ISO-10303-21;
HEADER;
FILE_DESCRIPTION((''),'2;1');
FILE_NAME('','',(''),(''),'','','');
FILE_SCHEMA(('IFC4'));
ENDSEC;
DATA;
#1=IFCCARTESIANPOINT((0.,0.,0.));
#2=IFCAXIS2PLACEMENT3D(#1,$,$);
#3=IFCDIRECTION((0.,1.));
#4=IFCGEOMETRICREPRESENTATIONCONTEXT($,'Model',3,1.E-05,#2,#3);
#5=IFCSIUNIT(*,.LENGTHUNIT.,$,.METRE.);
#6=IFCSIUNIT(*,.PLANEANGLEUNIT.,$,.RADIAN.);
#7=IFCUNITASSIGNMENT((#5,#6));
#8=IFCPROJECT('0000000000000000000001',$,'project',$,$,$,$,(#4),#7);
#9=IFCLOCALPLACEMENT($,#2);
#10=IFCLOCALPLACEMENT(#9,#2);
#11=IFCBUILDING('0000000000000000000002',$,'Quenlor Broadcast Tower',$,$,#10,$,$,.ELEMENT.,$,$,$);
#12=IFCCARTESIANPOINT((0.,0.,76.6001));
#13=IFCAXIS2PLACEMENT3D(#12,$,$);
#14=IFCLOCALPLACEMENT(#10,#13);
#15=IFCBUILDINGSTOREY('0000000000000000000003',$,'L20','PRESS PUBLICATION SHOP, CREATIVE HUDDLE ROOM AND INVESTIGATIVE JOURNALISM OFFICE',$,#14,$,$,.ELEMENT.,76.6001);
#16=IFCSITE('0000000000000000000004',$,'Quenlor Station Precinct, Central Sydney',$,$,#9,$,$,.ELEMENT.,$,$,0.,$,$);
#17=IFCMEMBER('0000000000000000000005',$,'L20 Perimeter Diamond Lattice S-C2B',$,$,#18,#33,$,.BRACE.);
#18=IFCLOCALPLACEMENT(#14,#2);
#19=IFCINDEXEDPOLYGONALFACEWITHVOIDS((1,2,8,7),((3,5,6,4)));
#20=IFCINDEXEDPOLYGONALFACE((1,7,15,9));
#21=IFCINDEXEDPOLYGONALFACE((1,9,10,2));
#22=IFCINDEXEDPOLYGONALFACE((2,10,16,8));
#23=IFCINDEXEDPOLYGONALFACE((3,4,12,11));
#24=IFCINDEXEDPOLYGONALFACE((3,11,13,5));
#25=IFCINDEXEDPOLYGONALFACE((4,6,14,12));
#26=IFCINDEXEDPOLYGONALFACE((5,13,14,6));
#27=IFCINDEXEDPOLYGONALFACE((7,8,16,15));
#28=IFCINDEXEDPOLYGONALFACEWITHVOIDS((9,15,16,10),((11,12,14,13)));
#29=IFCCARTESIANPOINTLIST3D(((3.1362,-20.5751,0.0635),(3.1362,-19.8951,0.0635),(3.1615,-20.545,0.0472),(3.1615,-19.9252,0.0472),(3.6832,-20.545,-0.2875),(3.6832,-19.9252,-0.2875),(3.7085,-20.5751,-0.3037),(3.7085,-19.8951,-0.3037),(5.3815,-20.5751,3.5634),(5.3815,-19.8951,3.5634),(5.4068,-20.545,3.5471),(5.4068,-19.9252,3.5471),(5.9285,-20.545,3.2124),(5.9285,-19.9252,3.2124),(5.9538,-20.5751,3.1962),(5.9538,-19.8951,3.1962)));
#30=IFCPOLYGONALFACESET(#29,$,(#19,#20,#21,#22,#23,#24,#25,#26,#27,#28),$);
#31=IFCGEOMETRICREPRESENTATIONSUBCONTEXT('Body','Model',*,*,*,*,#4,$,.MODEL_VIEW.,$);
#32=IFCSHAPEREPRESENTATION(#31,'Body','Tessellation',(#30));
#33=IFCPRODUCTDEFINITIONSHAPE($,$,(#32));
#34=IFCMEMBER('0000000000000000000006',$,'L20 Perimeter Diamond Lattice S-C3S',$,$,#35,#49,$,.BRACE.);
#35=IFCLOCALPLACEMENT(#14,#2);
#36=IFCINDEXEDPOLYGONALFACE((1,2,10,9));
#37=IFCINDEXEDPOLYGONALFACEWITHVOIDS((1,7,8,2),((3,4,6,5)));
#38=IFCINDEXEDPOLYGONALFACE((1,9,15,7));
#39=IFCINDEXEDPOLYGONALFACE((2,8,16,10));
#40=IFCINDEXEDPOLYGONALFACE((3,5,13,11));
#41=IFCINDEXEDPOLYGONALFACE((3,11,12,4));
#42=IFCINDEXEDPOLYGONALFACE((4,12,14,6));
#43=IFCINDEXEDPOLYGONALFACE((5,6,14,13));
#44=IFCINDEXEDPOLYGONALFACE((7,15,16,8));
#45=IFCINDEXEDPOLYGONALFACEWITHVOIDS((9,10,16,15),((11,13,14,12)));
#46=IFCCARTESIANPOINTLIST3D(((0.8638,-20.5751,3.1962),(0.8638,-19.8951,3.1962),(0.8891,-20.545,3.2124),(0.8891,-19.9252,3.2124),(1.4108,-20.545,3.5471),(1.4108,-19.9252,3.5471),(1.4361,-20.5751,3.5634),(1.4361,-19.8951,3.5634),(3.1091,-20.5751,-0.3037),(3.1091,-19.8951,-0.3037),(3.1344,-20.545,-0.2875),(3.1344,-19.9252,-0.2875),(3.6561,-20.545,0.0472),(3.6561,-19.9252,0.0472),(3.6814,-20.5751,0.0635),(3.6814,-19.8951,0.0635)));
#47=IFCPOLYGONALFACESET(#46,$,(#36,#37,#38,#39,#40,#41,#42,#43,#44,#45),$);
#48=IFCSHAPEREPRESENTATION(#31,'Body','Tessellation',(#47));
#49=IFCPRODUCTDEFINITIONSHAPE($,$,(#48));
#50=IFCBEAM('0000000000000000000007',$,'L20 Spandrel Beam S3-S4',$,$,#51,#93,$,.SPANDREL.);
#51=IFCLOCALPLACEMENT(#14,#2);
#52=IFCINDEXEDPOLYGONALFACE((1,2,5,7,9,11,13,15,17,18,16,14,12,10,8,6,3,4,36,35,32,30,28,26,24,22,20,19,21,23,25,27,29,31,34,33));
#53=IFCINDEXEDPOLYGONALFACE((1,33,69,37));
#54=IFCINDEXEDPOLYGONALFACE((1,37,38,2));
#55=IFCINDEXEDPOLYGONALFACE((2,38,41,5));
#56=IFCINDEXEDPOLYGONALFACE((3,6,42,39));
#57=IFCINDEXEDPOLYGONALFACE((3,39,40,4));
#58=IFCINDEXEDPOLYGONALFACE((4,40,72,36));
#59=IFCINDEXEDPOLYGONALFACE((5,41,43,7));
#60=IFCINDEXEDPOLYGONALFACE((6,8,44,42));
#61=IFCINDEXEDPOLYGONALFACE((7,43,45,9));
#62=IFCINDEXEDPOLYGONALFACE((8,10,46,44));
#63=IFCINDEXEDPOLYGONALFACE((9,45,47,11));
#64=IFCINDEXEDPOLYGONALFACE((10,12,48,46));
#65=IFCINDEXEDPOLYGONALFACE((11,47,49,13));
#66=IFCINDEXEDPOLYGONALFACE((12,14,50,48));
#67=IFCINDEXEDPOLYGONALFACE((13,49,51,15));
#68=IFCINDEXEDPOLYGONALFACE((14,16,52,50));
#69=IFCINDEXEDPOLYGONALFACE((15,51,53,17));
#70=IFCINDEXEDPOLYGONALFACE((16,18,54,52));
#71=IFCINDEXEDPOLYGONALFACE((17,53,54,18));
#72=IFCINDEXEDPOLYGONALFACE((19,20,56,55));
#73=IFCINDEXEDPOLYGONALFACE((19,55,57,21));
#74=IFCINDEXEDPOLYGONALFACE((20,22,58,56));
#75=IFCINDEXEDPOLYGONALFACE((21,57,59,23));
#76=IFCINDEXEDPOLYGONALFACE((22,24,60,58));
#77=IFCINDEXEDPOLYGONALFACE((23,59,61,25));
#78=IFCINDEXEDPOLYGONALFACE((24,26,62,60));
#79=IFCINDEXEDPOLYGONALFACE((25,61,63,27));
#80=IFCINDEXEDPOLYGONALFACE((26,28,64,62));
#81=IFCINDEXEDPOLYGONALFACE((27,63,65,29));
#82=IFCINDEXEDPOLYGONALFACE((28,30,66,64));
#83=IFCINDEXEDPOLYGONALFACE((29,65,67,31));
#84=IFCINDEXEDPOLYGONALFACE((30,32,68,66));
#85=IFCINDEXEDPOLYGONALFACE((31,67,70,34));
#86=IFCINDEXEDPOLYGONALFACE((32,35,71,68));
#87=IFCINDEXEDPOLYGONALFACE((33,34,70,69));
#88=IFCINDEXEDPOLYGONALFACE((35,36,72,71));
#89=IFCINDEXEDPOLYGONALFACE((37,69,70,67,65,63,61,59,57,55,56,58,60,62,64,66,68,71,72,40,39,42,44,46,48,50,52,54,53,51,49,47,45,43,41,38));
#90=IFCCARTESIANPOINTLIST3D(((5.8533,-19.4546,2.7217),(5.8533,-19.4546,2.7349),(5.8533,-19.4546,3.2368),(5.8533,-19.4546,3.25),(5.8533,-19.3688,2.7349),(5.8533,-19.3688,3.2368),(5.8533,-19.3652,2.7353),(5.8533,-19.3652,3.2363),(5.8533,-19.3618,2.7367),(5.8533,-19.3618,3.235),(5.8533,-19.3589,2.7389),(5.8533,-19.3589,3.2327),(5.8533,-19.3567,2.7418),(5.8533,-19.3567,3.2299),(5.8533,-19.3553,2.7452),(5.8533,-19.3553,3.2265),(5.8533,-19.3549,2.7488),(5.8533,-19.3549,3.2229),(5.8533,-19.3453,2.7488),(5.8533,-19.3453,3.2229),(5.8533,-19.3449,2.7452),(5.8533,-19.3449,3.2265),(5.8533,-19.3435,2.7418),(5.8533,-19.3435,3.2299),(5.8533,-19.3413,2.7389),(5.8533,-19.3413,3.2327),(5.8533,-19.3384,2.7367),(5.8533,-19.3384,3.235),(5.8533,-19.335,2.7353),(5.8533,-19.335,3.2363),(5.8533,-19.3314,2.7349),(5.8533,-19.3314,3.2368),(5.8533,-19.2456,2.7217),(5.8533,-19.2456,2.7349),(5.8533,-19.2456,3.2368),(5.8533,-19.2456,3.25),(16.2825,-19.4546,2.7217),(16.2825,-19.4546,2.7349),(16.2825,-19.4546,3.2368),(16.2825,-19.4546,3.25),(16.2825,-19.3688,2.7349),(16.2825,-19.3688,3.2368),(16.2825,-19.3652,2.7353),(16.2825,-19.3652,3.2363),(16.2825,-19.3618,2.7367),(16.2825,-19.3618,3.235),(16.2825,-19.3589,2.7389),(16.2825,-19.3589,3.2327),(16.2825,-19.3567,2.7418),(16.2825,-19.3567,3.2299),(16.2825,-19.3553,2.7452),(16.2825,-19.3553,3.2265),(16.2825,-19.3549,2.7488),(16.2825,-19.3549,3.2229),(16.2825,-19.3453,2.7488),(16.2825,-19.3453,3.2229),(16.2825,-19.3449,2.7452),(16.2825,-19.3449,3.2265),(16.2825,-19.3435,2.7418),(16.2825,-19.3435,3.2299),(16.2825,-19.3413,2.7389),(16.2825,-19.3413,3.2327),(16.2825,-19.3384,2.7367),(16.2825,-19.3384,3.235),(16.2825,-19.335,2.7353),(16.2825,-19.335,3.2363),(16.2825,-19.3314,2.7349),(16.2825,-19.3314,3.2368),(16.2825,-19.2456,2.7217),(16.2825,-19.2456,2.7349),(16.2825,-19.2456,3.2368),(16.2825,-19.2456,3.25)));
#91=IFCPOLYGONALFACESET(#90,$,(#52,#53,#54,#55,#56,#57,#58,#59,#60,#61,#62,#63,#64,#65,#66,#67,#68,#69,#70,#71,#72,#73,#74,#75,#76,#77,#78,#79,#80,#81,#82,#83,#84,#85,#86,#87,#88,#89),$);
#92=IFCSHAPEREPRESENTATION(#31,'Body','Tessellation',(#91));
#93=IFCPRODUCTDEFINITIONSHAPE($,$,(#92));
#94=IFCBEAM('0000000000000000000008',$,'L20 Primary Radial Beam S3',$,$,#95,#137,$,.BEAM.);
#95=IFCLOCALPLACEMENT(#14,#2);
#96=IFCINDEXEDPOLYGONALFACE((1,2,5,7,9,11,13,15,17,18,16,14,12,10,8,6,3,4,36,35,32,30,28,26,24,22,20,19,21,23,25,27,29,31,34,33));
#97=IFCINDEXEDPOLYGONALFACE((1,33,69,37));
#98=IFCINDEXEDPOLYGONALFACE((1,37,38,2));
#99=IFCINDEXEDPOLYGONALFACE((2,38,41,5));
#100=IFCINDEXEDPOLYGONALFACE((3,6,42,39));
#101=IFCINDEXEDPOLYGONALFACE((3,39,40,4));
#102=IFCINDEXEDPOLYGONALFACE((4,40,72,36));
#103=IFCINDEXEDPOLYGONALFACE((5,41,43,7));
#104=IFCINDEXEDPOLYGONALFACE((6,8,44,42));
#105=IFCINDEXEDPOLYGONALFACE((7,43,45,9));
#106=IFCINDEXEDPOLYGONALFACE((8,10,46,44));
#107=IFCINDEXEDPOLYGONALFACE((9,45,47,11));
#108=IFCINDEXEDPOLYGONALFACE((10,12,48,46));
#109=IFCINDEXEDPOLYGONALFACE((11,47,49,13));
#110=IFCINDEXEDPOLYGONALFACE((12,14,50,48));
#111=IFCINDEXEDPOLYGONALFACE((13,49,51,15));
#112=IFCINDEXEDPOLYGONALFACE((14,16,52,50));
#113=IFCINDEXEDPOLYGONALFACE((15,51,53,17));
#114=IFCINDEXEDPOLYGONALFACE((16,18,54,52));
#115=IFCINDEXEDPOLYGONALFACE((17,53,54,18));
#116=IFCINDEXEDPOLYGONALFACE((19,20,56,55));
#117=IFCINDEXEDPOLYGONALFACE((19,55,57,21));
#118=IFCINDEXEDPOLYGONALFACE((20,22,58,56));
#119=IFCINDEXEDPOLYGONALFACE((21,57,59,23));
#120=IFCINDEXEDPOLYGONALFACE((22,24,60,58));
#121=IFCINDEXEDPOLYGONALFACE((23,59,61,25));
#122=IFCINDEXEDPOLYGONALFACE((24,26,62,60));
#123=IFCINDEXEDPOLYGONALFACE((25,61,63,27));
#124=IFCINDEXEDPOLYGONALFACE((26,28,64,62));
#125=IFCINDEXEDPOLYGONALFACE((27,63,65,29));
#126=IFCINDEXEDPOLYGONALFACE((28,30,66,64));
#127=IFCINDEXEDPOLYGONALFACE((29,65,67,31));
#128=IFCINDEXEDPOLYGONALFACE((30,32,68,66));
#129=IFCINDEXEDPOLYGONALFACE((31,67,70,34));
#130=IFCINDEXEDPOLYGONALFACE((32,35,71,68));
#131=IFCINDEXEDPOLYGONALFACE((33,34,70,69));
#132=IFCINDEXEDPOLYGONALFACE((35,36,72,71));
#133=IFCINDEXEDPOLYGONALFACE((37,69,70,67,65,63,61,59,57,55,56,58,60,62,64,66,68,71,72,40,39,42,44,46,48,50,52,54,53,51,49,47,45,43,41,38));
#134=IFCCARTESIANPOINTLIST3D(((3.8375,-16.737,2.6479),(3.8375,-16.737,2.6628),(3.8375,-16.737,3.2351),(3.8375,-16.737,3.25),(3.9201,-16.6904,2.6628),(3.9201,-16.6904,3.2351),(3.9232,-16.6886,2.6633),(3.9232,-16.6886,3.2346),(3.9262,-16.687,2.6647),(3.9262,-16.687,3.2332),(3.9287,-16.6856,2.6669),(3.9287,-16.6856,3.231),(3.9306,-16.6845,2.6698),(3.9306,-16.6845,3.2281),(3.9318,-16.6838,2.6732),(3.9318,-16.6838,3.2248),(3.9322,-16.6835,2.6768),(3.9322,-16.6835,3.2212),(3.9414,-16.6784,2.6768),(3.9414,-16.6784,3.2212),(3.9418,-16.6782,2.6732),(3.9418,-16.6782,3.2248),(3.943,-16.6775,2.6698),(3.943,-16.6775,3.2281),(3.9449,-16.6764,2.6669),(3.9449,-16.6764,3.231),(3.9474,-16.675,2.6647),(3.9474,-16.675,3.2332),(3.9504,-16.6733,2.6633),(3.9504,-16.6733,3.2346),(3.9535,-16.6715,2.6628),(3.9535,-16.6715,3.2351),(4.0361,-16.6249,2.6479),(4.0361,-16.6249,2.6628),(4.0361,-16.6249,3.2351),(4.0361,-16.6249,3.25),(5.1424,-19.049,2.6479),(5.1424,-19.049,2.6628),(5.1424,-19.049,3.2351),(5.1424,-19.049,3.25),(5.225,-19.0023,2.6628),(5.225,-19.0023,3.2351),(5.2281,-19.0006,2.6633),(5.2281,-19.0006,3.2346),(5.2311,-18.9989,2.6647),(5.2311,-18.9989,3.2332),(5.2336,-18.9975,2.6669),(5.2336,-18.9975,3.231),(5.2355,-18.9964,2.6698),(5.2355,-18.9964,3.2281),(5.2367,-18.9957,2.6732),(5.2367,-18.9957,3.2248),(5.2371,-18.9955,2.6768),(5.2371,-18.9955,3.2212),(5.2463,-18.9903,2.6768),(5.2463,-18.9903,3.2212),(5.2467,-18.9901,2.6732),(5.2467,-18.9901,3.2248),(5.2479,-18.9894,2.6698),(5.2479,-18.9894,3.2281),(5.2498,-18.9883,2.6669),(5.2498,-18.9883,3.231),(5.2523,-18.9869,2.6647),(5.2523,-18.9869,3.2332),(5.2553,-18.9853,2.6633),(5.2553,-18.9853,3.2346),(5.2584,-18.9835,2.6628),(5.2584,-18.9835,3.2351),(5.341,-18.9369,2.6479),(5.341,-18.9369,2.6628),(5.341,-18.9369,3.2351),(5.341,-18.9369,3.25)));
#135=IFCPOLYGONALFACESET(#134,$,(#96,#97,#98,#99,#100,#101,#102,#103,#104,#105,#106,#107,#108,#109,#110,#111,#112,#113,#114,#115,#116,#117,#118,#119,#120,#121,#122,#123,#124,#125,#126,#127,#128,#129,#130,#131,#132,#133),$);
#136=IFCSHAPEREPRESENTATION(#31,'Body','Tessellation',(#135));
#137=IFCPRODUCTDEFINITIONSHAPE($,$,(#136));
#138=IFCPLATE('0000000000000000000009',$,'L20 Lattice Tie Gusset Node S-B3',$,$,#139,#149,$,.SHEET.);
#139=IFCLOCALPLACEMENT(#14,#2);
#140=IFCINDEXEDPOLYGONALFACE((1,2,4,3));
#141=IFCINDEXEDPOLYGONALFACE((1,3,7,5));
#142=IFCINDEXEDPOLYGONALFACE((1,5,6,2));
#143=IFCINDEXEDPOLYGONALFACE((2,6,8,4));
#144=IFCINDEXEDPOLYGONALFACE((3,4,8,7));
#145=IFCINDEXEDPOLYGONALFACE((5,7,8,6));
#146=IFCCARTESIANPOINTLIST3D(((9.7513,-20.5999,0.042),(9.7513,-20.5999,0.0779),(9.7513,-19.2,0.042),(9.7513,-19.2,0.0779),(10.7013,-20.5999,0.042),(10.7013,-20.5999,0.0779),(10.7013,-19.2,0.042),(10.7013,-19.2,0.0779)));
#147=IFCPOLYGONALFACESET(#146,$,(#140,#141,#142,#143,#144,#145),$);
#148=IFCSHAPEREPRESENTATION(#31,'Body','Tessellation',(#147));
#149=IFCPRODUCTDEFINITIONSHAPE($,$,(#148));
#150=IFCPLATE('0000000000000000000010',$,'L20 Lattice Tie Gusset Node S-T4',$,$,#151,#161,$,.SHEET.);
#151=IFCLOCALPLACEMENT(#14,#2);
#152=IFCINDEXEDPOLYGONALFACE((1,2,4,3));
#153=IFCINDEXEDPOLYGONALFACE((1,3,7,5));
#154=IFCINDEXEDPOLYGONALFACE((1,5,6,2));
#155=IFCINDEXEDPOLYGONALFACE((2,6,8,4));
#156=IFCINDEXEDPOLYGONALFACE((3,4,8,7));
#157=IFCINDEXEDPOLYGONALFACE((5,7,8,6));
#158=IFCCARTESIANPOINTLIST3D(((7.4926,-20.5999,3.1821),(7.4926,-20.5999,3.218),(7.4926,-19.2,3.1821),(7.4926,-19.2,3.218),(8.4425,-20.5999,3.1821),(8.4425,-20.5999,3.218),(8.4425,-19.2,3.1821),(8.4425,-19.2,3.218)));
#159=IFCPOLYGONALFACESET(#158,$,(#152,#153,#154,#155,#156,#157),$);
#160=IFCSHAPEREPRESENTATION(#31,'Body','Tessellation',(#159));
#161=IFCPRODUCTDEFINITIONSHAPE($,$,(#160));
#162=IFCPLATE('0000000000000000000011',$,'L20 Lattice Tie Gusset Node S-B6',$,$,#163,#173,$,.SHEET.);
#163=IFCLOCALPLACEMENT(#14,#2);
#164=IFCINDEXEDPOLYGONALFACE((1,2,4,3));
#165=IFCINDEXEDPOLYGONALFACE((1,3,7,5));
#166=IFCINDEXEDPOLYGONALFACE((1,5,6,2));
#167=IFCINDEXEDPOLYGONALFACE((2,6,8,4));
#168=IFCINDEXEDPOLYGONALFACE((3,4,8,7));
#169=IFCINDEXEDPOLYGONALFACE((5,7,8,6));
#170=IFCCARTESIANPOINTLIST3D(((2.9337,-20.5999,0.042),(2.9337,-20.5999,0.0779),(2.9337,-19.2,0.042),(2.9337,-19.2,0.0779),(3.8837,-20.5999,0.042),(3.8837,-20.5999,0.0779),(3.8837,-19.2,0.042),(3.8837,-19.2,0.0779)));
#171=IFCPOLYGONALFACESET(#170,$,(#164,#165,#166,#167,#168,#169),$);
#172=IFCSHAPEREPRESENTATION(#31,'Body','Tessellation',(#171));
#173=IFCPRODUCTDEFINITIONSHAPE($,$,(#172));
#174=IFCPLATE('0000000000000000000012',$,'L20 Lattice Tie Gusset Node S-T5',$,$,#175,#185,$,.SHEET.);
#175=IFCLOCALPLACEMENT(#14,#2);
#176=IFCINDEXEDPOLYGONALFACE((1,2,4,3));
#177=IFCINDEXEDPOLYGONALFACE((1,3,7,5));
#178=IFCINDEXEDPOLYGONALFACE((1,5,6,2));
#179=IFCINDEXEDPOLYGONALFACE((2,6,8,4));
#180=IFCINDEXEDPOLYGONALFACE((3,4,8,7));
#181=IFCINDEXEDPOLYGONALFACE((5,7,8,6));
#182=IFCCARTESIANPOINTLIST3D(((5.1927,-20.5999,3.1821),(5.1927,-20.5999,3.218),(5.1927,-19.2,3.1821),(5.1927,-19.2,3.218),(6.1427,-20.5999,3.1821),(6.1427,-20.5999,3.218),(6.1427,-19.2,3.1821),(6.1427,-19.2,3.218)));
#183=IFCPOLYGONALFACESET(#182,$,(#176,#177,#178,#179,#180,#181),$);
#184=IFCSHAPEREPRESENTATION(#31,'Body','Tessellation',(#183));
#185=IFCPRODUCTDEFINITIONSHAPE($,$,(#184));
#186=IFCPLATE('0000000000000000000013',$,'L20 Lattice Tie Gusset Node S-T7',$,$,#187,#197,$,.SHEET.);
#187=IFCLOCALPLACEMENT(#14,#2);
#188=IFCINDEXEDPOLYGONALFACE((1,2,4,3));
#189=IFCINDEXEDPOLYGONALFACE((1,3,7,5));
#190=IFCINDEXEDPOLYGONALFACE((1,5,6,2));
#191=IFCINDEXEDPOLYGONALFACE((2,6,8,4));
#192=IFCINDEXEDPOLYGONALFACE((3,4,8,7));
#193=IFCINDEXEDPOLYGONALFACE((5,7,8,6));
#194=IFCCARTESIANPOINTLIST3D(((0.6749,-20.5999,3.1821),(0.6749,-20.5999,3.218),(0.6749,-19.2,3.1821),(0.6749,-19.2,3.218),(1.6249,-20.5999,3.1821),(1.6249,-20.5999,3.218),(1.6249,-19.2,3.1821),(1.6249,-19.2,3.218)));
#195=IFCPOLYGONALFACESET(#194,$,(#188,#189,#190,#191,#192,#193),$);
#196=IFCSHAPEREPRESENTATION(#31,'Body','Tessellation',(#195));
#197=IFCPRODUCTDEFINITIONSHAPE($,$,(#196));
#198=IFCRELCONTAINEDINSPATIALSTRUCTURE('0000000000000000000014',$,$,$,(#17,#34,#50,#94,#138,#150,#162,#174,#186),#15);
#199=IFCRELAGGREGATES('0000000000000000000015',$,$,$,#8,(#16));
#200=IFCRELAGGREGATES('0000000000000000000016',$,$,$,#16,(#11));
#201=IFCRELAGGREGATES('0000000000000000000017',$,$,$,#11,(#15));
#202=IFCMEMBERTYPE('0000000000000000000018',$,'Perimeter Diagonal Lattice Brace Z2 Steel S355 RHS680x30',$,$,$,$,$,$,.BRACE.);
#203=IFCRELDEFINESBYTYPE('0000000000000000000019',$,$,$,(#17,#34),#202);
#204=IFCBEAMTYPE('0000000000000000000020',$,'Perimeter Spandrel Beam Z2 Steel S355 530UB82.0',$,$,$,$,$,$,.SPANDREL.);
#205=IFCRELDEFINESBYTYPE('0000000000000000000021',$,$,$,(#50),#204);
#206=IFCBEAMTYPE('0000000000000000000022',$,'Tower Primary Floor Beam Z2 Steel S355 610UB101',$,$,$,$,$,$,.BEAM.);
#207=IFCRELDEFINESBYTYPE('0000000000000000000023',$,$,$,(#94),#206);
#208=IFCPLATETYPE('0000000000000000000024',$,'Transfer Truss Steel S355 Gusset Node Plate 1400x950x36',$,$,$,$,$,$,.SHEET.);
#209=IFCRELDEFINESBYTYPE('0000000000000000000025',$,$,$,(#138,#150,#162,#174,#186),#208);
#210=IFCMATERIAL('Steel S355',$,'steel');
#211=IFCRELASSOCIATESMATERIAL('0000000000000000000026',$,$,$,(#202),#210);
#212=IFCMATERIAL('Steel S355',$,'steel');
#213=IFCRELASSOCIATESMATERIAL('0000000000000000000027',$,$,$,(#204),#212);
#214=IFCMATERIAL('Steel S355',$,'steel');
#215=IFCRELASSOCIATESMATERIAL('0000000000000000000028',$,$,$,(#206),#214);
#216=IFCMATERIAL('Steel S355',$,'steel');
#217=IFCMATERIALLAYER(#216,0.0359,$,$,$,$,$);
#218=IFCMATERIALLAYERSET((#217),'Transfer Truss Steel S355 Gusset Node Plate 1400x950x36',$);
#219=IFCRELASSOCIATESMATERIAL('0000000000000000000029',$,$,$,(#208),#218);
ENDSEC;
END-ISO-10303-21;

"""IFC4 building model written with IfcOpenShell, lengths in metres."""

from ifc_helpers import new_model, si_unit, direction, frame, origin, origin_2d, place, context, subcontext, project, spatial, rectangle, hollow_rectangle, i_section, extrude, material, layer, layer_set, material_profile, profile_set, type_object, element, save


model = new_model("IFC4")

# Units and contexts
model_context = context("Model", 3, precision=1e-05, world=origin(), true_north=direction((0.0, 1.0)))
body_context = subcontext(model_context, "Body", "Model", "MODEL_VIEW")
ifc_project = project(units=[si_unit("LENGTHUNIT", "METRE"), si_unit("PLANEANGLEUNIT", "RADIAN")], contexts=[model_context])

# Site, building, storey
site_placement = place(None, origin())
site = spatial("IfcSite", under=ifc_project, at=site_placement, Name="Quenlor Station Precinct, Central Sydney", CompositionType="ELEMENT", RefElevation=0.0)
building_placement = place(site_placement, origin())
building = spatial("IfcBuilding", under=site, at=building_placement, Name="Quenlor Broadcast Tower", CompositionType="ELEMENT")
storey_placement = place(building_placement, frame((0.0, 0.0, 76.6001)))
storey = spatial("IfcBuildingStorey", under=building, at=storey_placement, Name="L20", Description="PRESS PUBLICATION SHOP, CREATIVE HUDDLE ROOM AND INVESTIGATIVE JOURNALISM OFFICE", CompositionType="ELEMENT", Elevation=76.6001)

# Members
ifc_material_1 = material(Name="Steel S355", Category="steel")
ifc_material_profile_1 = material_profile(ifc_material_1, hollow_rectangle(XDim=0.6799, YDim=0.6799, WallThickness=0.03, at=origin_2d()))
ifc_profile_set_1 = profile_set([ifc_material_profile_1], Name="Steel S355 RHS680x680x30")
member_type_1 = type_object("IfcMemberType", Name="Perimeter Diagonal Lattice Brace Z2 Steel S355 RHS680x30", PredefinedType="BRACE", material=ifc_profile_set_1)
for number, where, z_axis, x_axis, name in (
    (1, (3.4224, -20.2351, -0.1201), (0.539968, 0.0, 0.841686), (0.0, 1.0, 0.0), "L20 Perimeter Diamond Lattice S-C2B"),
    (2, (3.3953, -20.2351, -0.1201), (-0.539968, 0.0, 0.841686), (0.0, -1.0, 0.0), "L20 Perimeter Diamond Lattice S-C3S"),
):
    element("IfcMember", number, at=place(storey_placement, frame(where, z_axis=z_axis, x_axis=x_axis)), inside=storey, type_object=member_type_1, Name=name, PredefinedType="BRACE", context=body_context, shape_type="SweptSolid", body=[
        extrude(hollow_rectangle(XDim=0.6799, YDim=0.6799, WallThickness=0.03, at=origin_2d()), origin(), (0.0, 0.0, 1.0), 4.1582),
    ])

# Beams
ifc_material_2 = material(Name="Steel S355", Category="steel")
ifc_material_profile_2 = material_profile(ifc_material_2, i_section(OverallWidth=0.209, OverallDepth=0.5283, WebThickness=0.0095, FlangeThickness=0.0132, FilletRadius=0.0139, at=origin_2d()))
ifc_profile_set_2 = profile_set([ifc_material_profile_2], Name="Steel S355 530UB82.0")
beam_type_1 = type_object("IfcBeamType", Name="Perimeter Spandrel Beam Z2 Steel S355 530UB82.0", PredefinedType="SPANDREL", material=ifc_profile_set_2)
beam_1_placement = place(storey_placement, frame((5.8533, -19.3501, 2.9858), z_axis=(1.0, 0.0, 0.0), x_axis=(0.0, 1.0, 0.0)))
element("IfcBeam", 3, at=beam_1_placement, inside=storey, type_object=beam_type_1, Name="L20 Spandrel Beam S3-S4", PredefinedType="SPANDREL", context=body_context, shape_type="SweptSolid", body=[
    extrude(i_section(OverallWidth=0.209, OverallDepth=0.5283, WebThickness=0.0095, FlangeThickness=0.0132, FilletRadius=0.0139, at=origin_2d()), origin(), (0.0, 0.0, 1.0), 10.4292),
])
ifc_material_3 = material(Name="Steel S355", Category="steel")
ifc_material_profile_3 = material_profile(ifc_material_3, i_section(OverallWidth=0.228, OverallDepth=0.6021, WebThickness=0.0105, FlangeThickness=0.0149, FilletRadius=0.0139, at=origin_2d()))
ifc_profile_set_3 = profile_set([ifc_material_profile_3], Name="Steel S355 610UB101")
beam_type_2 = type_object("IfcBeamType", Name="Tower Primary Floor Beam Z2 Steel S355 610UB101", PredefinedType="BEAM", material=ifc_profile_set_3)
beam_2_placement = place(storey_placement, frame((5.2417, -18.9929, 2.949), z_axis=(-0.491527, 0.870862, 0.0), x_axis=(-0.870862, -0.491527, 0.0)))
element("IfcBeam", 4, at=beam_2_placement, inside=storey, type_object=beam_type_2, Name="L20 Primary Radial Beam S3", PredefinedType="BEAM", context=body_context, shape_type="SweptSolid", body=[
    extrude(i_section(OverallWidth=0.228, OverallDepth=0.6021, WebThickness=0.0105, FlangeThickness=0.0149, FilletRadius=0.0139, at=origin_2d()), origin(), (0.0, 0.0, 1.0), 2.6548),
])

# Plates
ifc_material_4 = material(Name="Steel S355", Category="steel")
ifc_layer_1 = layer(ifc_material_4, 0.0359)
ifc_layer_set_1 = layer_set([ifc_layer_1], Name="Transfer Truss Steel S355 Gusset Node Plate 1400x950x36")
plate_type = type_object("IfcPlateType", Name="Transfer Truss Steel S355 Gusset Node Plate 1400x950x36", PredefinedType="SHEET", material=ifc_layer_set_1)
for number, where, z_axis, x_axis, name in (
    (5, (10.2263, -19.8999, 0.042), (0.0, 0.0, 1.0), (0.0, -1.0, 0.0), "L20 Lattice Tie Gusset Node S-B3"),
    (6, (7.9675, -19.8999, 3.1821), (0.0, 0.0, 1.0), (0.0, -1.0, 0.0), "L20 Lattice Tie Gusset Node S-T4"),
    (7, (3.4087, -19.8999, 0.042), (0.0, 0.0, 1.0), (0.0, -1.0, 0.0), "L20 Lattice Tie Gusset Node S-B6"),
    (8, (5.6677, -19.8999, 3.1821), (0.0, 0.0, 1.0), (0.0, -1.0, 0.0), "L20 Lattice Tie Gusset Node S-T5"),
    (9, (1.1499, -19.8999, 3.1821), (0.0, 0.0, 1.0), (0.0, -1.0, 0.0), "L20 Lattice Tie Gusset Node S-T7"),
):
    element("IfcPlate", number, at=place(storey_placement, frame(where, z_axis=z_axis, x_axis=x_axis)), inside=storey, type_object=plate_type, Name=name, PredefinedType="SHEET", context=body_context, shape_type="SweptSolid", body=[
        extrude(rectangle(XDim=1.3999, YDim=0.95, at=origin_2d()), origin(), (0.0, 0.0, 1.0), 0.0359),
    ])

save(model, "model.ifc")
